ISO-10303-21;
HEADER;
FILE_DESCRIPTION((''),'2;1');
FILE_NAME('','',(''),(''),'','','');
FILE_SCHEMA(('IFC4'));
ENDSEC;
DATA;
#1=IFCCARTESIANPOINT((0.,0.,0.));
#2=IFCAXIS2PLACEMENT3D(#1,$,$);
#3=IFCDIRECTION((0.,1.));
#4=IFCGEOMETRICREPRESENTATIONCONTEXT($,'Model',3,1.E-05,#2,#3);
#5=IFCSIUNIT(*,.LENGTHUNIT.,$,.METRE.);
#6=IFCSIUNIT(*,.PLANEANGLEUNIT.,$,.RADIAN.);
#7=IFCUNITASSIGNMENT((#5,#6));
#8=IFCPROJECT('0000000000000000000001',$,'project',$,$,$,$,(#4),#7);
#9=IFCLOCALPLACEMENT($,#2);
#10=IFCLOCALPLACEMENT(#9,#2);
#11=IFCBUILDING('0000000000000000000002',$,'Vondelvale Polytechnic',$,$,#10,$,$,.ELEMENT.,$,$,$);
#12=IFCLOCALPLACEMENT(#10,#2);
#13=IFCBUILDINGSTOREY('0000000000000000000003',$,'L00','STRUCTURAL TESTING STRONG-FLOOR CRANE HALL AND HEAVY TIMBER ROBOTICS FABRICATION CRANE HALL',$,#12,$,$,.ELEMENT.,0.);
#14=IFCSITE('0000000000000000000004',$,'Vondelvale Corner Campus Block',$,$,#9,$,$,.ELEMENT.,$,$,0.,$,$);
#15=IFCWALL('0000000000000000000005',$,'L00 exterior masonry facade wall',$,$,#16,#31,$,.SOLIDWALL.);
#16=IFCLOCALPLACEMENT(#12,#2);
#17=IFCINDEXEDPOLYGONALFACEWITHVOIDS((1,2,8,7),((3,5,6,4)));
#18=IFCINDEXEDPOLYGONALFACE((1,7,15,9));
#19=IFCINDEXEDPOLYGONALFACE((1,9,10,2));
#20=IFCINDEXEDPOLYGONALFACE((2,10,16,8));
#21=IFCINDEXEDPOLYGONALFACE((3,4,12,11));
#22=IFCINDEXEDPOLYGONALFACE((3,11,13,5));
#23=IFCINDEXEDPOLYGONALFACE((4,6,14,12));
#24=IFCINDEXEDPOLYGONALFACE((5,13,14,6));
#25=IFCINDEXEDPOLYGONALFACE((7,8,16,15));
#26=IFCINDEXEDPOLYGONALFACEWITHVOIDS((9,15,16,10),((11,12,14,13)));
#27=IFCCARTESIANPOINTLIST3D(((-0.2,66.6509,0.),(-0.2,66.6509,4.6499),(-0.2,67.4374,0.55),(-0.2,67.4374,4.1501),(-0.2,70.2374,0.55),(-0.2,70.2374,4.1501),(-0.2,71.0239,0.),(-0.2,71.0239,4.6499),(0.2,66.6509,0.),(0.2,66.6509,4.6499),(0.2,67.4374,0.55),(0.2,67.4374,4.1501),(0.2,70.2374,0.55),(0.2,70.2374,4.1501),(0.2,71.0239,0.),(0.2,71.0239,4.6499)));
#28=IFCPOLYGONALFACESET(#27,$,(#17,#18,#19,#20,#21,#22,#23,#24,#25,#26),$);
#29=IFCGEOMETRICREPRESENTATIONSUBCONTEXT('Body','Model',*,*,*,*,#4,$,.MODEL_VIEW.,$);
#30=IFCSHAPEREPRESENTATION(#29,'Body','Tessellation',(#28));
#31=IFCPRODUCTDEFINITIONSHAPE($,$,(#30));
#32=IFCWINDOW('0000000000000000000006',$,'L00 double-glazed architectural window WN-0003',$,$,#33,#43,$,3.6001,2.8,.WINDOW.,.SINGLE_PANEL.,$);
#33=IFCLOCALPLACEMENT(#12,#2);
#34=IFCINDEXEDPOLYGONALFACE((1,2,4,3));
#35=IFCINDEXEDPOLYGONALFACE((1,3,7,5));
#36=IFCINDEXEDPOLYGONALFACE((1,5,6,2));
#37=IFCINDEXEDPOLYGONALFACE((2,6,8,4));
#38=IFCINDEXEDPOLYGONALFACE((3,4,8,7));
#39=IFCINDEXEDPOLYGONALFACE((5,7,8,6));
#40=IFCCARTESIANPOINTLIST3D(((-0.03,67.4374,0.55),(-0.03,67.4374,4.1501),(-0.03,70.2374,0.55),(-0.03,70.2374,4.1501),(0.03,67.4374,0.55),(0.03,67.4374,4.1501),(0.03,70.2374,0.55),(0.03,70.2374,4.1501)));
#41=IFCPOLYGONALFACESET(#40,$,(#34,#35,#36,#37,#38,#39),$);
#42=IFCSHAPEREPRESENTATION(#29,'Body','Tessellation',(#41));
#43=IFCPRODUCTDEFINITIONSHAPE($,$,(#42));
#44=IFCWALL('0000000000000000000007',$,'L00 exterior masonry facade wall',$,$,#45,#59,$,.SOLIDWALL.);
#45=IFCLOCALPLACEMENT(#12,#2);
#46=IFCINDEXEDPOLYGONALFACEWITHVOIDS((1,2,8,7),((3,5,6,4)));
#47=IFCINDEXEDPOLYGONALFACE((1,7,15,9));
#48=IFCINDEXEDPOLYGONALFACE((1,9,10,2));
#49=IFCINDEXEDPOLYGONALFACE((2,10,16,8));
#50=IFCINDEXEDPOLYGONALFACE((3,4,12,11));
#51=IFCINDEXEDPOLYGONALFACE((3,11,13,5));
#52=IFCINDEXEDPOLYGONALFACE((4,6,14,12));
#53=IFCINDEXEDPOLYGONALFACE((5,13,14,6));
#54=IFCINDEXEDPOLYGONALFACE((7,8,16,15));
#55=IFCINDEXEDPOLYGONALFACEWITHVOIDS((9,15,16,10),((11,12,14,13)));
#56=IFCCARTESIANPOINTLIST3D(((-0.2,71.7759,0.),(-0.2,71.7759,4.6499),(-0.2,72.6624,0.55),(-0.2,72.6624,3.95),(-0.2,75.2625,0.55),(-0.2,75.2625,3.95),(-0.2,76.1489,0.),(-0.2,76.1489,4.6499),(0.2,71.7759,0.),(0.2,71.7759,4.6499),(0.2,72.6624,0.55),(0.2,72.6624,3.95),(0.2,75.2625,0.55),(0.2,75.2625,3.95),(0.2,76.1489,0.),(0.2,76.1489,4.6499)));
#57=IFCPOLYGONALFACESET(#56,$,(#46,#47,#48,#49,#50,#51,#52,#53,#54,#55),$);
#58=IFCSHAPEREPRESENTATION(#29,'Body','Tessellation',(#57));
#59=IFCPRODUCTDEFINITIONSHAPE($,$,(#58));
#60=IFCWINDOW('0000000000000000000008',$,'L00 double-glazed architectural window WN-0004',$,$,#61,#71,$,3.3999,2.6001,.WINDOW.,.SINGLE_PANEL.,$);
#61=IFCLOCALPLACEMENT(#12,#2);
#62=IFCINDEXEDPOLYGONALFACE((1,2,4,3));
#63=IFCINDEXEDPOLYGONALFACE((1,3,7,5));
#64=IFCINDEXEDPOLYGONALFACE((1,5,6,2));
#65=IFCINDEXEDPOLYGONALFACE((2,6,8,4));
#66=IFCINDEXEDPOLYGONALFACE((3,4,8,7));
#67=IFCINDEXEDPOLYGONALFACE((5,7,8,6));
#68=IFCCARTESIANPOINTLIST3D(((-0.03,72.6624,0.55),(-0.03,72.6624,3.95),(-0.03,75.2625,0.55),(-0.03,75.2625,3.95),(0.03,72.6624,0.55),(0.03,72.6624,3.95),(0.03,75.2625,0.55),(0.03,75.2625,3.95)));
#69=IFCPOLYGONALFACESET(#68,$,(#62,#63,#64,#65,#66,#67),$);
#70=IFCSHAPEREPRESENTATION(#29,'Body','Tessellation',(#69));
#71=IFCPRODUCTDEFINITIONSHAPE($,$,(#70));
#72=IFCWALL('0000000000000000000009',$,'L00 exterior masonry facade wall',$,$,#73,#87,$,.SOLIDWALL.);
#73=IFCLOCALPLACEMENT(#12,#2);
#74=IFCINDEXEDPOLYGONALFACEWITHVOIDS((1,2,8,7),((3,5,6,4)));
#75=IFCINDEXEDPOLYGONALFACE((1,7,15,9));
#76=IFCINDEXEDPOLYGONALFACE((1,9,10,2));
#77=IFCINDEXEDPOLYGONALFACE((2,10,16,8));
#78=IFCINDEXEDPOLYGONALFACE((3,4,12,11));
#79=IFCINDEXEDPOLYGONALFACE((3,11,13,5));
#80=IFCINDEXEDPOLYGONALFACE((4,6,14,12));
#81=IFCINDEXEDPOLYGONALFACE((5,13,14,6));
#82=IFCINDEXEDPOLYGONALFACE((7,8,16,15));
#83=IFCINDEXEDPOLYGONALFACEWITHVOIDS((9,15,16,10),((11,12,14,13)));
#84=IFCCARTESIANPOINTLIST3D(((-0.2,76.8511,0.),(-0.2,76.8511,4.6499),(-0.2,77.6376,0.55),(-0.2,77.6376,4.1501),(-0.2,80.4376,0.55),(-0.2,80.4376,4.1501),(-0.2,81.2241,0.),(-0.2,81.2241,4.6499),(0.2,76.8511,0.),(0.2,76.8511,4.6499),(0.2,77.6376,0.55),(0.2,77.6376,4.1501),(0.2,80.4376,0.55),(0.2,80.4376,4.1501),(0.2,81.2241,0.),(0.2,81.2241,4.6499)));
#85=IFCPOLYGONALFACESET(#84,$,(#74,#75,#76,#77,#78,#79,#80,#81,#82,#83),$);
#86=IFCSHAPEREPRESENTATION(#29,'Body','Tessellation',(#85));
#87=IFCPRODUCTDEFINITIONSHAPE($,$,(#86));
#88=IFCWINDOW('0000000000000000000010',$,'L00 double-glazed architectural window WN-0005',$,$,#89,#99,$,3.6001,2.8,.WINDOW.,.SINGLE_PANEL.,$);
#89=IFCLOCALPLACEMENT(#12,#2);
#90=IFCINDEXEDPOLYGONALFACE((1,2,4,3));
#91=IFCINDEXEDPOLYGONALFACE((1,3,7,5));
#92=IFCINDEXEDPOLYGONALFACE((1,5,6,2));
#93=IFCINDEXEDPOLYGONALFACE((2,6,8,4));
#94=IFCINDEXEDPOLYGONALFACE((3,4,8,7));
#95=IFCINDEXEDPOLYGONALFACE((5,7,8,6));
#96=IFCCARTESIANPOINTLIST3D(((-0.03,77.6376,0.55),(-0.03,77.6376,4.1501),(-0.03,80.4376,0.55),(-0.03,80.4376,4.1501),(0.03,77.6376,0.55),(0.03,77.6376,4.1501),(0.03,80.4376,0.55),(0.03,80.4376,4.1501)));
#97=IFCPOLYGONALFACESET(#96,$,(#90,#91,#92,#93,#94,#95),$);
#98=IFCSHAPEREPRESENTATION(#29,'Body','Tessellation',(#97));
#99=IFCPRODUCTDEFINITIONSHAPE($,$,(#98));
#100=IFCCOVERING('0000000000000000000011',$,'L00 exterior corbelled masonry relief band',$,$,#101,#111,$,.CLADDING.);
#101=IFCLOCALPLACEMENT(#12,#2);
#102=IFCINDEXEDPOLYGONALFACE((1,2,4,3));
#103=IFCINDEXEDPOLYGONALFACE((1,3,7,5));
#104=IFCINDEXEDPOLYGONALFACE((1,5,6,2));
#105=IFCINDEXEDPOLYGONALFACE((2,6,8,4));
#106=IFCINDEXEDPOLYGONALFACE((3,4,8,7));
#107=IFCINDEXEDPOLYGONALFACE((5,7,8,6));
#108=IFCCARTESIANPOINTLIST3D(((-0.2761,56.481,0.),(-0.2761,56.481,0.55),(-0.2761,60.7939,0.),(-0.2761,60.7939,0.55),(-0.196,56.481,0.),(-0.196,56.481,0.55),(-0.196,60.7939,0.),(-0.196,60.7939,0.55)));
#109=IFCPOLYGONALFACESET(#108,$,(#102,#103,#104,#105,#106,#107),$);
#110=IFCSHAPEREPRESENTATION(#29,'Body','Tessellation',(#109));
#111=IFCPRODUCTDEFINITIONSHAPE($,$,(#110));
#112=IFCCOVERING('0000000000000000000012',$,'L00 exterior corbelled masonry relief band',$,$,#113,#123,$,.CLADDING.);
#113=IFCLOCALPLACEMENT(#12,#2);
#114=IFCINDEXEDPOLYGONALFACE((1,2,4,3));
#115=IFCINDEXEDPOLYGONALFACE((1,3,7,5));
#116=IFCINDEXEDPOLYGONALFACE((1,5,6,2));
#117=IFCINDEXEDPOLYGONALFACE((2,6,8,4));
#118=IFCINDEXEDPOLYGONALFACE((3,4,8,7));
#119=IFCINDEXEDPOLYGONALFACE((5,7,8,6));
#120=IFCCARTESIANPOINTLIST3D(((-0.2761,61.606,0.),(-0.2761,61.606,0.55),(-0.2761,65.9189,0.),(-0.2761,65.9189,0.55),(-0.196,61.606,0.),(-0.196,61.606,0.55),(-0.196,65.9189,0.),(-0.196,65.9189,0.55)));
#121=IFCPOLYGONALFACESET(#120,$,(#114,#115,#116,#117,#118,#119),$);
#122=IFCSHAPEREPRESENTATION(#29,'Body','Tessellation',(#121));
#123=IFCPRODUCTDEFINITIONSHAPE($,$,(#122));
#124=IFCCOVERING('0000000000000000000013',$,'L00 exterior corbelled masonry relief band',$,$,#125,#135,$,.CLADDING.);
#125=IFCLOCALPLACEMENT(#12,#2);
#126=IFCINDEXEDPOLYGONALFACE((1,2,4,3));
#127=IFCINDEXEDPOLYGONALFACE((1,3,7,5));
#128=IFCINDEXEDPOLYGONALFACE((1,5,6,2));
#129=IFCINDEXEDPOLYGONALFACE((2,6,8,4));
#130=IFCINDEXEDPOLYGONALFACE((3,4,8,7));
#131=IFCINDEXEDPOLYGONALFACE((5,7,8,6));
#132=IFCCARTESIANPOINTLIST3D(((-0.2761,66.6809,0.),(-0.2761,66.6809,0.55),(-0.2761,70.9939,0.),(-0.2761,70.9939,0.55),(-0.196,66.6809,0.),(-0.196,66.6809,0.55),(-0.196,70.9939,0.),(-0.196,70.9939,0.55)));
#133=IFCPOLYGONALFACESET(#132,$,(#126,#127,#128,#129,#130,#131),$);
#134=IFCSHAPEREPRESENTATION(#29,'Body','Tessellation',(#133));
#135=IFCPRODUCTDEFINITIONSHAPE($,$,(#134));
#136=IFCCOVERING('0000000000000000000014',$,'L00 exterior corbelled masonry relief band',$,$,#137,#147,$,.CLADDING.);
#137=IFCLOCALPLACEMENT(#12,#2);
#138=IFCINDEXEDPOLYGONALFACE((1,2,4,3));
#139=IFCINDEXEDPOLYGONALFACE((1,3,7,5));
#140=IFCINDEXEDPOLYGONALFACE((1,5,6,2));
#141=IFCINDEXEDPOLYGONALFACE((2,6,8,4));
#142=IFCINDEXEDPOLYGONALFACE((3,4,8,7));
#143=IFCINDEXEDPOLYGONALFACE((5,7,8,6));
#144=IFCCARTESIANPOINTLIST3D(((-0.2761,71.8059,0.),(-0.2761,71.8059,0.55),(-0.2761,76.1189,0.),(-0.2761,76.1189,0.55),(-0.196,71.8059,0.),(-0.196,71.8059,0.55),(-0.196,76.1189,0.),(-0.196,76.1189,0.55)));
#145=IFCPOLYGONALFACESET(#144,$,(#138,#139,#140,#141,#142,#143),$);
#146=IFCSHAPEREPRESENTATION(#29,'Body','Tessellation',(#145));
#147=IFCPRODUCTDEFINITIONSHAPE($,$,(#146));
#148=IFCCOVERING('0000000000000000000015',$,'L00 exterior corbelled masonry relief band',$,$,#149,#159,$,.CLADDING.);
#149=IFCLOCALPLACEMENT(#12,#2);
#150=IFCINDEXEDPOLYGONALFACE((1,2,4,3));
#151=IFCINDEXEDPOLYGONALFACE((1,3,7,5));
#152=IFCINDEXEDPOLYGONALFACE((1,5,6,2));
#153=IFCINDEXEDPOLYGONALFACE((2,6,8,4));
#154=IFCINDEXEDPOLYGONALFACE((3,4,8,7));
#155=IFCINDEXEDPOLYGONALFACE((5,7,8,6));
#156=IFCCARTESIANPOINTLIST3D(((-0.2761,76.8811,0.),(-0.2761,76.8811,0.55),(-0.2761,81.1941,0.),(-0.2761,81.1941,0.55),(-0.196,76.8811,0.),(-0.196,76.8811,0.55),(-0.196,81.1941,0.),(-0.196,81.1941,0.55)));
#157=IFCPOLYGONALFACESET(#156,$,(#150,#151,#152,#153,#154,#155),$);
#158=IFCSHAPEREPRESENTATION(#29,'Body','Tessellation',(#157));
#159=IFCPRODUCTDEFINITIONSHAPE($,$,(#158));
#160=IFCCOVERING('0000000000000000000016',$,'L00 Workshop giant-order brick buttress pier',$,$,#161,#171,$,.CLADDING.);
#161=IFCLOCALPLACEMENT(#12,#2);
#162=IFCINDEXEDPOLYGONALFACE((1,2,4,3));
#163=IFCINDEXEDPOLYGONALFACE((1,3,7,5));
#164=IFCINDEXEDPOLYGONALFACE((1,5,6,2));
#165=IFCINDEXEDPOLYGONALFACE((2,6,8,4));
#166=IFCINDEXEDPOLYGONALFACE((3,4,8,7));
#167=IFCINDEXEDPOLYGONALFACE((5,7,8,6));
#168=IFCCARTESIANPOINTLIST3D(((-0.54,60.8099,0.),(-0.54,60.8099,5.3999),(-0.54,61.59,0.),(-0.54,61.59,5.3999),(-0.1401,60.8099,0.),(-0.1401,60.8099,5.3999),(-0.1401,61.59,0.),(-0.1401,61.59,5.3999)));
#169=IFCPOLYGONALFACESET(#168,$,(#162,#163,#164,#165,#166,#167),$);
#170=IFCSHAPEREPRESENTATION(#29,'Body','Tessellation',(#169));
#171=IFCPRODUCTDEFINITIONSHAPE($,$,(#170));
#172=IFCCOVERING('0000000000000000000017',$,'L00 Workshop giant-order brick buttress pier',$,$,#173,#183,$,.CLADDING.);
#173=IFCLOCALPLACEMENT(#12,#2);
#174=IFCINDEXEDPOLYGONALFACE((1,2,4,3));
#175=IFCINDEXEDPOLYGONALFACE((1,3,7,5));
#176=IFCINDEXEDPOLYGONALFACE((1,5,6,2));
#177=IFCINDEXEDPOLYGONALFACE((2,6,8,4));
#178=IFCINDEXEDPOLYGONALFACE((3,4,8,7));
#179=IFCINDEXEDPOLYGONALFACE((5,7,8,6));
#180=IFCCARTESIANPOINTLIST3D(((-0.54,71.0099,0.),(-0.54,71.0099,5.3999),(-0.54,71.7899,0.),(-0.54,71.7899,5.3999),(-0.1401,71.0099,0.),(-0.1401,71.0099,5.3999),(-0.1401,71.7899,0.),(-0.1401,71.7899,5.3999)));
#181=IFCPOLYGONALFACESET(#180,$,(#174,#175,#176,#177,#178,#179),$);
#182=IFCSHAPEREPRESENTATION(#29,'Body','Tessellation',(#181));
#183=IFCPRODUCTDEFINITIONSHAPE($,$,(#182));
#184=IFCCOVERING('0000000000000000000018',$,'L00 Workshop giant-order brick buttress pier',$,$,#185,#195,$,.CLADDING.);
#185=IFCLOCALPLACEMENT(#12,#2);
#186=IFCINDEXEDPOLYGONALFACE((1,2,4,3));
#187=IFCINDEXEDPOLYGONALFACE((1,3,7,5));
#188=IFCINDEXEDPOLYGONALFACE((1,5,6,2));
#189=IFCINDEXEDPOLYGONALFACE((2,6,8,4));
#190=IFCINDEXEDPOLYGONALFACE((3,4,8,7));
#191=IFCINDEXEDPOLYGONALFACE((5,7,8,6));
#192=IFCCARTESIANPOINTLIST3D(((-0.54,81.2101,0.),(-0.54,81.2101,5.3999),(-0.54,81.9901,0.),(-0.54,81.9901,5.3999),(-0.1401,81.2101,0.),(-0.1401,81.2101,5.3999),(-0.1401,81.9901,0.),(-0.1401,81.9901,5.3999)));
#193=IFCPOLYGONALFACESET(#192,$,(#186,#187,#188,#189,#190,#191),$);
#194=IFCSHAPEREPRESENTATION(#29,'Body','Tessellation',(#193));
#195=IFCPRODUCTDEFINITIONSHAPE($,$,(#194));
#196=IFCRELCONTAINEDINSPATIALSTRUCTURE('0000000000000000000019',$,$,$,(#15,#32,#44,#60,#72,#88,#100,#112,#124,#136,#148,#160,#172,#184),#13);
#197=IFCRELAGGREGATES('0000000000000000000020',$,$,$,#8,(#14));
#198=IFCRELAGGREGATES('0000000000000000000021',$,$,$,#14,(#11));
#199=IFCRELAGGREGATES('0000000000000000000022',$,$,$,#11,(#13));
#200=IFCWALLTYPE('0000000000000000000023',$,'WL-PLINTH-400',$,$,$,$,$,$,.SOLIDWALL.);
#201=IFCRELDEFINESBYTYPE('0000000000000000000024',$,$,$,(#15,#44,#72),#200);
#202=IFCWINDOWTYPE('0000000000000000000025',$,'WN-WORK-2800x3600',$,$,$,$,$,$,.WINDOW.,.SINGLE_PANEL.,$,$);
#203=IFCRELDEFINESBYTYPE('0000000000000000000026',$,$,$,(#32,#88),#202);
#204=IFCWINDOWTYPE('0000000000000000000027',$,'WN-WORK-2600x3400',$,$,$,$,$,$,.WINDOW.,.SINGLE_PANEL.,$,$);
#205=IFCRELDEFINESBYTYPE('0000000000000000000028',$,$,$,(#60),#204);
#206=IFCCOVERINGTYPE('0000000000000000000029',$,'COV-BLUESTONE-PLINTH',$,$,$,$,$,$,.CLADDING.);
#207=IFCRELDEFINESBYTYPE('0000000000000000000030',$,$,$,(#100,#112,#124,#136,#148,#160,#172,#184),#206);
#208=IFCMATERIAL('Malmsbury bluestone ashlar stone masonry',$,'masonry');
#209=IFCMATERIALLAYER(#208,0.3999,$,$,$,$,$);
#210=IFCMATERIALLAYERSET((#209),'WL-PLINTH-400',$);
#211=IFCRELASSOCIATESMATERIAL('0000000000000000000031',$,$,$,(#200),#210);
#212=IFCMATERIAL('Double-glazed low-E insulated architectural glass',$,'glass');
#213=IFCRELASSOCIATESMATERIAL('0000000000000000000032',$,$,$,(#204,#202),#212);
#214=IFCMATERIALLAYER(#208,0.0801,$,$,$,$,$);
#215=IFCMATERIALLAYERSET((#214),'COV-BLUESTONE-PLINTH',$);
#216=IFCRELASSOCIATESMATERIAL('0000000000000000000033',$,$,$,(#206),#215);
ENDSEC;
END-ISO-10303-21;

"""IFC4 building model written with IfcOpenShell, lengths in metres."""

from ifc_helpers import new_model, si_unit, direction, frame, frame_2d, origin, origin_2d, place, context, subcontext, project, spatial, rectangle, extrude, material, layer, layer_set, type_object, element, fill, save


model = new_model("IFC4")

# Units and contexts
model_context = context("Model", 3, precision=1e-05, world=origin(), true_north=direction((0.0, 1.0)))
body_context = subcontext(model_context, "Body", "Model", "MODEL_VIEW")
ifc_project = project(units=[si_unit("LENGTHUNIT", "METRE"), si_unit("PLANEANGLEUNIT", "RADIAN")], contexts=[model_context])

# Site, building, storey
site_placement = place(None, origin())
site = spatial("IfcSite", under=ifc_project, at=site_placement, Name="Vondelvale Corner Campus Block", CompositionType="ELEMENT", RefElevation=0.0)
building_placement = place(site_placement, origin())
building = spatial("IfcBuilding", under=site, at=building_placement, Name="Vondelvale Polytechnic", CompositionType="ELEMENT")
storey_placement = place(building_placement, origin())
storey = spatial("IfcBuildingStorey", under=building, at=storey_placement, Name="L00", Description="STRUCTURAL TESTING STRONG-FLOOR CRANE HALL AND HEAVY TIMBER ROBOTICS FABRICATION CRANE HALL", CompositionType="ELEMENT", Elevation=0.0)

# Walls, openings, windows
ifc_material_1 = material(Name="Malmsbury bluestone ashlar stone masonry", Category="masonry")
ifc_layer_1 = layer(ifc_material_1, 0.3999)
ifc_layer_set_1 = layer_set([ifc_layer_1], Name="WL-PLINTH-400")
wall_type = type_object("IfcWallType", Name="WL-PLINTH-400", PredefinedType="SOLIDWALL", material=ifc_layer_set_1)
ifc_material_2 = material(Name="Double-glazed low-E insulated architectural glass", Category="glass")
window_type_1 = type_object("IfcWindowType", Name="WN-WORK-2600x3400", PartitioningType="SINGLE_PANEL", PredefinedType="WINDOW", material=ifc_material_2)
wall_1_placement = place(storey_placement, frame((0.0, 66.6509, 0.0), z_axis=(0.0, 0.0, 1.0), x_axis=(0.0, 1.0, 0.0)))
wall_1 = element("IfcWall", 1, at=wall_1_placement, inside=storey, type_object=wall_type, Name="L00 exterior masonry facade wall", PredefinedType="SOLIDWALL", context=body_context, shape_type="SweptSolid", body=[
    extrude(rectangle(XDim=4.373, YDim=0.3999, at=frame_2d((2.1865, 0.0))), origin(), (0.0, 0.0, 1.0), 4.6499),
])
opening_1_placement = place(wall_1_placement, frame((0.7866, 0.0, 0.55)))
opening_1 = element("IfcOpeningElement", 2, at=opening_1_placement, cuts=wall_1, PredefinedType="OPENING", context=body_context, shape_type="SweptSolid", body=[
    extrude(rectangle(XDim=2.8, YDim=3.6001, at=frame_2d((1.3999, 1.8))), frame((0.0, 0.21, 0.0), z_axis=(0.0, -1.0, 0.0), x_axis=(1.0, 0.0, 0.0)), (0.0, 0.0, 1.0), 0.4199),
])
window_type_2 = type_object("IfcWindowType", Name="WN-WORK-2800x3600", PartitioningType="SINGLE_PANEL", PredefinedType="WINDOW", material=ifc_material_2)
window_1_placement = place(opening_1_placement, origin())
window_1 = element("IfcWindow", 3, at=window_1_placement, inside=storey, type_object=window_type_2, Name="L00 double-glazed architectural window WN-0003", OverallHeight=3.6001, OverallWidth=2.8, PartitioningType="SINGLE_PANEL", PredefinedType="WINDOW", context=body_context, shape_type="SweptSolid", body=[
    extrude(rectangle(XDim=2.8, YDim=3.6001, at=frame_2d((1.3999, 1.8))), frame((0.0, 0.03, 0.0), z_axis=(0.0, -1.0, 0.0), x_axis=(1.0, 0.0, 0.0)), (0.0, 0.0, 1.0), 0.0601),
])
fill(opening_1, window_1)
wall_2_placement = place(storey_placement, frame((0.0, 71.7759, 0.0), z_axis=(0.0, 0.0, 1.0), x_axis=(0.0, 1.0, 0.0)))
wall_2 = element("IfcWall", 4, at=wall_2_placement, inside=storey, type_object=wall_type, Name="L00 exterior masonry facade wall", PredefinedType="SOLIDWALL", context=body_context, shape_type="SweptSolid", body=[
    extrude(rectangle(XDim=4.373, YDim=0.3999, at=frame_2d((2.1865, 0.0))), origin(), (0.0, 0.0, 1.0), 4.6499),
])
opening_2_placement = place(wall_2_placement, frame((0.8865, 0.0, 0.55)))
opening_2 = element("IfcOpeningElement", 5, at=opening_2_placement, cuts=wall_2, PredefinedType="OPENING", context=body_context, shape_type="SweptSolid", body=[
    extrude(rectangle(XDim=2.6001, YDim=3.3999, at=frame_2d((1.3, 1.7))), frame((0.0, 0.21, 0.0), z_axis=(0.0, -1.0, 0.0), x_axis=(1.0, 0.0, 0.0)), (0.0, 0.0, 1.0), 0.4199),
])
window_2_placement = place(opening_2_placement, origin())
window_2 = element("IfcWindow", 6, at=window_2_placement, inside=storey, type_object=window_type_1, Name="L00 double-glazed architectural window WN-0004", OverallHeight=3.3999, OverallWidth=2.6001, PartitioningType="SINGLE_PANEL", PredefinedType="WINDOW", context=body_context, shape_type="SweptSolid", body=[
    extrude(rectangle(XDim=2.6001, YDim=3.3999, at=frame_2d((1.3, 1.7))), frame((0.0, 0.03, 0.0), z_axis=(0.0, -1.0, 0.0), x_axis=(1.0, 0.0, 0.0)), (0.0, 0.0, 1.0), 0.0601),
])
fill(opening_2, window_2)
wall_3_placement = place(storey_placement, frame((0.0, 76.8511, 0.0), z_axis=(0.0, 0.0, 1.0), x_axis=(0.0, 1.0, 0.0)))
wall_3 = element("IfcWall", 7, at=wall_3_placement, inside=storey, type_object=wall_type, Name="L00 exterior masonry facade wall", PredefinedType="SOLIDWALL", context=body_context, shape_type="SweptSolid", body=[
    extrude(rectangle(XDim=4.373, YDim=0.3999, at=frame_2d((2.1865, 0.0))), origin(), (0.0, 0.0, 1.0), 4.6499),
])
opening_3_placement = place(wall_3_placement, frame((0.7866, 0.0, 0.55)))
opening_3 = element("IfcOpeningElement", 8, at=opening_3_placement, cuts=wall_3, PredefinedType="OPENING", context=body_context, shape_type="SweptSolid", body=[
    extrude(rectangle(XDim=2.8, YDim=3.6001, at=frame_2d((1.3999, 1.8))), frame((0.0, 0.21, 0.0), z_axis=(0.0, -1.0, 0.0), x_axis=(1.0, 0.0, 0.0)), (0.0, 0.0, 1.0), 0.4199),
])
window_3_placement = place(opening_3_placement, origin())
window_3 = element("IfcWindow", 9, at=window_3_placement, inside=storey, type_object=window_type_2, Name="L00 double-glazed architectural window WN-0005", OverallHeight=3.6001, OverallWidth=2.8, PartitioningType="SINGLE_PANEL", PredefinedType="WINDOW", context=body_context, shape_type="SweptSolid", body=[
    extrude(rectangle(XDim=2.8, YDim=3.6001, at=frame_2d((1.3999, 1.8))), frame((0.0, 0.03, 0.0), z_axis=(0.0, -1.0, 0.0), x_axis=(1.0, 0.0, 0.0)), (0.0, 0.0, 1.0), 0.0601),
])
fill(opening_3, window_3)

# Coverings
ifc_layer_2 = layer(ifc_material_1, 0.0801)
ifc_layer_set_2 = layer_set([ifc_layer_2], Name="COV-BLUESTONE-PLINTH")
covering_type = type_object("IfcCoveringType", Name="COV-BLUESTONE-PLINTH", PredefinedType="CLADDING", material=ifc_layer_set_2)
for number, where, z_axis, x_axis, name in (
    (10, (-0.2361, 58.6375, 0.0), (0.0, 0.0, 1.0), (0.0, 1.0, 0.0), "L00 exterior corbelled masonry relief band"),
    (11, (-0.2361, 63.7625, 0.0), (0.0, 0.0, 1.0), (0.0, 1.0, 0.0), "L00 exterior corbelled masonry relief band"),
    (12, (-0.2361, 68.8374, 0.0), (0.0, 0.0, 1.0), (0.0, 1.0, 0.0), "L00 exterior corbelled masonry relief band"),
    (13, (-0.2361, 73.9624, 0.0), (0.0, 0.0, 1.0), (0.0, 1.0, 0.0), "L00 exterior corbelled masonry relief band"),
    (14, (-0.2361, 79.0376, 0.0), (0.0, 0.0, 1.0), (0.0, 1.0, 0.0), "L00 exterior corbelled masonry relief band"),
):
    element("IfcCovering", number, at=place(storey_placement, frame(where, z_axis=z_axis, x_axis=x_axis)), inside=storey, type_object=covering_type, Name=name, PredefinedType="CLADDING", context=body_context, shape_type="SweptSolid", body=[
        extrude(rectangle(XDim=4.313, YDim=0.0801, at=origin_2d()), origin(), (0.0, 0.0, 1.0), 0.55),
    ])
for number, where, z_axis, x_axis, name in (
    (15, (-0.3401, 61.2, 0.0), (0.0, 0.0, 1.0), (1.0, 0.0, 0.0), "L00 Workshop giant-order brick buttress pier"),
    (16, (-0.3401, 71.3999, 0.0), (0.0, 0.0, 1.0), (1.0, 0.0, 0.0), "L00 Workshop giant-order brick buttress pier"),
    (17, (-0.3401, 81.6001, 0.0), (0.0, 0.0, 1.0), (1.0, 0.0, 0.0), "L00 Workshop giant-order brick buttress pier"),
):
    element("IfcCovering", number, at=place(storey_placement, frame(where, z_axis=z_axis, x_axis=x_axis)), inside=storey, type_object=covering_type, Name=name, PredefinedType="CLADDING", context=body_context, shape_type="SweptSolid", body=[
        extrude(rectangle(XDim=0.3999, YDim=0.78, at=origin_2d()), origin(), (0.0, 0.0, 1.0), 5.3999),
    ])

save(model, "model.ifc")
